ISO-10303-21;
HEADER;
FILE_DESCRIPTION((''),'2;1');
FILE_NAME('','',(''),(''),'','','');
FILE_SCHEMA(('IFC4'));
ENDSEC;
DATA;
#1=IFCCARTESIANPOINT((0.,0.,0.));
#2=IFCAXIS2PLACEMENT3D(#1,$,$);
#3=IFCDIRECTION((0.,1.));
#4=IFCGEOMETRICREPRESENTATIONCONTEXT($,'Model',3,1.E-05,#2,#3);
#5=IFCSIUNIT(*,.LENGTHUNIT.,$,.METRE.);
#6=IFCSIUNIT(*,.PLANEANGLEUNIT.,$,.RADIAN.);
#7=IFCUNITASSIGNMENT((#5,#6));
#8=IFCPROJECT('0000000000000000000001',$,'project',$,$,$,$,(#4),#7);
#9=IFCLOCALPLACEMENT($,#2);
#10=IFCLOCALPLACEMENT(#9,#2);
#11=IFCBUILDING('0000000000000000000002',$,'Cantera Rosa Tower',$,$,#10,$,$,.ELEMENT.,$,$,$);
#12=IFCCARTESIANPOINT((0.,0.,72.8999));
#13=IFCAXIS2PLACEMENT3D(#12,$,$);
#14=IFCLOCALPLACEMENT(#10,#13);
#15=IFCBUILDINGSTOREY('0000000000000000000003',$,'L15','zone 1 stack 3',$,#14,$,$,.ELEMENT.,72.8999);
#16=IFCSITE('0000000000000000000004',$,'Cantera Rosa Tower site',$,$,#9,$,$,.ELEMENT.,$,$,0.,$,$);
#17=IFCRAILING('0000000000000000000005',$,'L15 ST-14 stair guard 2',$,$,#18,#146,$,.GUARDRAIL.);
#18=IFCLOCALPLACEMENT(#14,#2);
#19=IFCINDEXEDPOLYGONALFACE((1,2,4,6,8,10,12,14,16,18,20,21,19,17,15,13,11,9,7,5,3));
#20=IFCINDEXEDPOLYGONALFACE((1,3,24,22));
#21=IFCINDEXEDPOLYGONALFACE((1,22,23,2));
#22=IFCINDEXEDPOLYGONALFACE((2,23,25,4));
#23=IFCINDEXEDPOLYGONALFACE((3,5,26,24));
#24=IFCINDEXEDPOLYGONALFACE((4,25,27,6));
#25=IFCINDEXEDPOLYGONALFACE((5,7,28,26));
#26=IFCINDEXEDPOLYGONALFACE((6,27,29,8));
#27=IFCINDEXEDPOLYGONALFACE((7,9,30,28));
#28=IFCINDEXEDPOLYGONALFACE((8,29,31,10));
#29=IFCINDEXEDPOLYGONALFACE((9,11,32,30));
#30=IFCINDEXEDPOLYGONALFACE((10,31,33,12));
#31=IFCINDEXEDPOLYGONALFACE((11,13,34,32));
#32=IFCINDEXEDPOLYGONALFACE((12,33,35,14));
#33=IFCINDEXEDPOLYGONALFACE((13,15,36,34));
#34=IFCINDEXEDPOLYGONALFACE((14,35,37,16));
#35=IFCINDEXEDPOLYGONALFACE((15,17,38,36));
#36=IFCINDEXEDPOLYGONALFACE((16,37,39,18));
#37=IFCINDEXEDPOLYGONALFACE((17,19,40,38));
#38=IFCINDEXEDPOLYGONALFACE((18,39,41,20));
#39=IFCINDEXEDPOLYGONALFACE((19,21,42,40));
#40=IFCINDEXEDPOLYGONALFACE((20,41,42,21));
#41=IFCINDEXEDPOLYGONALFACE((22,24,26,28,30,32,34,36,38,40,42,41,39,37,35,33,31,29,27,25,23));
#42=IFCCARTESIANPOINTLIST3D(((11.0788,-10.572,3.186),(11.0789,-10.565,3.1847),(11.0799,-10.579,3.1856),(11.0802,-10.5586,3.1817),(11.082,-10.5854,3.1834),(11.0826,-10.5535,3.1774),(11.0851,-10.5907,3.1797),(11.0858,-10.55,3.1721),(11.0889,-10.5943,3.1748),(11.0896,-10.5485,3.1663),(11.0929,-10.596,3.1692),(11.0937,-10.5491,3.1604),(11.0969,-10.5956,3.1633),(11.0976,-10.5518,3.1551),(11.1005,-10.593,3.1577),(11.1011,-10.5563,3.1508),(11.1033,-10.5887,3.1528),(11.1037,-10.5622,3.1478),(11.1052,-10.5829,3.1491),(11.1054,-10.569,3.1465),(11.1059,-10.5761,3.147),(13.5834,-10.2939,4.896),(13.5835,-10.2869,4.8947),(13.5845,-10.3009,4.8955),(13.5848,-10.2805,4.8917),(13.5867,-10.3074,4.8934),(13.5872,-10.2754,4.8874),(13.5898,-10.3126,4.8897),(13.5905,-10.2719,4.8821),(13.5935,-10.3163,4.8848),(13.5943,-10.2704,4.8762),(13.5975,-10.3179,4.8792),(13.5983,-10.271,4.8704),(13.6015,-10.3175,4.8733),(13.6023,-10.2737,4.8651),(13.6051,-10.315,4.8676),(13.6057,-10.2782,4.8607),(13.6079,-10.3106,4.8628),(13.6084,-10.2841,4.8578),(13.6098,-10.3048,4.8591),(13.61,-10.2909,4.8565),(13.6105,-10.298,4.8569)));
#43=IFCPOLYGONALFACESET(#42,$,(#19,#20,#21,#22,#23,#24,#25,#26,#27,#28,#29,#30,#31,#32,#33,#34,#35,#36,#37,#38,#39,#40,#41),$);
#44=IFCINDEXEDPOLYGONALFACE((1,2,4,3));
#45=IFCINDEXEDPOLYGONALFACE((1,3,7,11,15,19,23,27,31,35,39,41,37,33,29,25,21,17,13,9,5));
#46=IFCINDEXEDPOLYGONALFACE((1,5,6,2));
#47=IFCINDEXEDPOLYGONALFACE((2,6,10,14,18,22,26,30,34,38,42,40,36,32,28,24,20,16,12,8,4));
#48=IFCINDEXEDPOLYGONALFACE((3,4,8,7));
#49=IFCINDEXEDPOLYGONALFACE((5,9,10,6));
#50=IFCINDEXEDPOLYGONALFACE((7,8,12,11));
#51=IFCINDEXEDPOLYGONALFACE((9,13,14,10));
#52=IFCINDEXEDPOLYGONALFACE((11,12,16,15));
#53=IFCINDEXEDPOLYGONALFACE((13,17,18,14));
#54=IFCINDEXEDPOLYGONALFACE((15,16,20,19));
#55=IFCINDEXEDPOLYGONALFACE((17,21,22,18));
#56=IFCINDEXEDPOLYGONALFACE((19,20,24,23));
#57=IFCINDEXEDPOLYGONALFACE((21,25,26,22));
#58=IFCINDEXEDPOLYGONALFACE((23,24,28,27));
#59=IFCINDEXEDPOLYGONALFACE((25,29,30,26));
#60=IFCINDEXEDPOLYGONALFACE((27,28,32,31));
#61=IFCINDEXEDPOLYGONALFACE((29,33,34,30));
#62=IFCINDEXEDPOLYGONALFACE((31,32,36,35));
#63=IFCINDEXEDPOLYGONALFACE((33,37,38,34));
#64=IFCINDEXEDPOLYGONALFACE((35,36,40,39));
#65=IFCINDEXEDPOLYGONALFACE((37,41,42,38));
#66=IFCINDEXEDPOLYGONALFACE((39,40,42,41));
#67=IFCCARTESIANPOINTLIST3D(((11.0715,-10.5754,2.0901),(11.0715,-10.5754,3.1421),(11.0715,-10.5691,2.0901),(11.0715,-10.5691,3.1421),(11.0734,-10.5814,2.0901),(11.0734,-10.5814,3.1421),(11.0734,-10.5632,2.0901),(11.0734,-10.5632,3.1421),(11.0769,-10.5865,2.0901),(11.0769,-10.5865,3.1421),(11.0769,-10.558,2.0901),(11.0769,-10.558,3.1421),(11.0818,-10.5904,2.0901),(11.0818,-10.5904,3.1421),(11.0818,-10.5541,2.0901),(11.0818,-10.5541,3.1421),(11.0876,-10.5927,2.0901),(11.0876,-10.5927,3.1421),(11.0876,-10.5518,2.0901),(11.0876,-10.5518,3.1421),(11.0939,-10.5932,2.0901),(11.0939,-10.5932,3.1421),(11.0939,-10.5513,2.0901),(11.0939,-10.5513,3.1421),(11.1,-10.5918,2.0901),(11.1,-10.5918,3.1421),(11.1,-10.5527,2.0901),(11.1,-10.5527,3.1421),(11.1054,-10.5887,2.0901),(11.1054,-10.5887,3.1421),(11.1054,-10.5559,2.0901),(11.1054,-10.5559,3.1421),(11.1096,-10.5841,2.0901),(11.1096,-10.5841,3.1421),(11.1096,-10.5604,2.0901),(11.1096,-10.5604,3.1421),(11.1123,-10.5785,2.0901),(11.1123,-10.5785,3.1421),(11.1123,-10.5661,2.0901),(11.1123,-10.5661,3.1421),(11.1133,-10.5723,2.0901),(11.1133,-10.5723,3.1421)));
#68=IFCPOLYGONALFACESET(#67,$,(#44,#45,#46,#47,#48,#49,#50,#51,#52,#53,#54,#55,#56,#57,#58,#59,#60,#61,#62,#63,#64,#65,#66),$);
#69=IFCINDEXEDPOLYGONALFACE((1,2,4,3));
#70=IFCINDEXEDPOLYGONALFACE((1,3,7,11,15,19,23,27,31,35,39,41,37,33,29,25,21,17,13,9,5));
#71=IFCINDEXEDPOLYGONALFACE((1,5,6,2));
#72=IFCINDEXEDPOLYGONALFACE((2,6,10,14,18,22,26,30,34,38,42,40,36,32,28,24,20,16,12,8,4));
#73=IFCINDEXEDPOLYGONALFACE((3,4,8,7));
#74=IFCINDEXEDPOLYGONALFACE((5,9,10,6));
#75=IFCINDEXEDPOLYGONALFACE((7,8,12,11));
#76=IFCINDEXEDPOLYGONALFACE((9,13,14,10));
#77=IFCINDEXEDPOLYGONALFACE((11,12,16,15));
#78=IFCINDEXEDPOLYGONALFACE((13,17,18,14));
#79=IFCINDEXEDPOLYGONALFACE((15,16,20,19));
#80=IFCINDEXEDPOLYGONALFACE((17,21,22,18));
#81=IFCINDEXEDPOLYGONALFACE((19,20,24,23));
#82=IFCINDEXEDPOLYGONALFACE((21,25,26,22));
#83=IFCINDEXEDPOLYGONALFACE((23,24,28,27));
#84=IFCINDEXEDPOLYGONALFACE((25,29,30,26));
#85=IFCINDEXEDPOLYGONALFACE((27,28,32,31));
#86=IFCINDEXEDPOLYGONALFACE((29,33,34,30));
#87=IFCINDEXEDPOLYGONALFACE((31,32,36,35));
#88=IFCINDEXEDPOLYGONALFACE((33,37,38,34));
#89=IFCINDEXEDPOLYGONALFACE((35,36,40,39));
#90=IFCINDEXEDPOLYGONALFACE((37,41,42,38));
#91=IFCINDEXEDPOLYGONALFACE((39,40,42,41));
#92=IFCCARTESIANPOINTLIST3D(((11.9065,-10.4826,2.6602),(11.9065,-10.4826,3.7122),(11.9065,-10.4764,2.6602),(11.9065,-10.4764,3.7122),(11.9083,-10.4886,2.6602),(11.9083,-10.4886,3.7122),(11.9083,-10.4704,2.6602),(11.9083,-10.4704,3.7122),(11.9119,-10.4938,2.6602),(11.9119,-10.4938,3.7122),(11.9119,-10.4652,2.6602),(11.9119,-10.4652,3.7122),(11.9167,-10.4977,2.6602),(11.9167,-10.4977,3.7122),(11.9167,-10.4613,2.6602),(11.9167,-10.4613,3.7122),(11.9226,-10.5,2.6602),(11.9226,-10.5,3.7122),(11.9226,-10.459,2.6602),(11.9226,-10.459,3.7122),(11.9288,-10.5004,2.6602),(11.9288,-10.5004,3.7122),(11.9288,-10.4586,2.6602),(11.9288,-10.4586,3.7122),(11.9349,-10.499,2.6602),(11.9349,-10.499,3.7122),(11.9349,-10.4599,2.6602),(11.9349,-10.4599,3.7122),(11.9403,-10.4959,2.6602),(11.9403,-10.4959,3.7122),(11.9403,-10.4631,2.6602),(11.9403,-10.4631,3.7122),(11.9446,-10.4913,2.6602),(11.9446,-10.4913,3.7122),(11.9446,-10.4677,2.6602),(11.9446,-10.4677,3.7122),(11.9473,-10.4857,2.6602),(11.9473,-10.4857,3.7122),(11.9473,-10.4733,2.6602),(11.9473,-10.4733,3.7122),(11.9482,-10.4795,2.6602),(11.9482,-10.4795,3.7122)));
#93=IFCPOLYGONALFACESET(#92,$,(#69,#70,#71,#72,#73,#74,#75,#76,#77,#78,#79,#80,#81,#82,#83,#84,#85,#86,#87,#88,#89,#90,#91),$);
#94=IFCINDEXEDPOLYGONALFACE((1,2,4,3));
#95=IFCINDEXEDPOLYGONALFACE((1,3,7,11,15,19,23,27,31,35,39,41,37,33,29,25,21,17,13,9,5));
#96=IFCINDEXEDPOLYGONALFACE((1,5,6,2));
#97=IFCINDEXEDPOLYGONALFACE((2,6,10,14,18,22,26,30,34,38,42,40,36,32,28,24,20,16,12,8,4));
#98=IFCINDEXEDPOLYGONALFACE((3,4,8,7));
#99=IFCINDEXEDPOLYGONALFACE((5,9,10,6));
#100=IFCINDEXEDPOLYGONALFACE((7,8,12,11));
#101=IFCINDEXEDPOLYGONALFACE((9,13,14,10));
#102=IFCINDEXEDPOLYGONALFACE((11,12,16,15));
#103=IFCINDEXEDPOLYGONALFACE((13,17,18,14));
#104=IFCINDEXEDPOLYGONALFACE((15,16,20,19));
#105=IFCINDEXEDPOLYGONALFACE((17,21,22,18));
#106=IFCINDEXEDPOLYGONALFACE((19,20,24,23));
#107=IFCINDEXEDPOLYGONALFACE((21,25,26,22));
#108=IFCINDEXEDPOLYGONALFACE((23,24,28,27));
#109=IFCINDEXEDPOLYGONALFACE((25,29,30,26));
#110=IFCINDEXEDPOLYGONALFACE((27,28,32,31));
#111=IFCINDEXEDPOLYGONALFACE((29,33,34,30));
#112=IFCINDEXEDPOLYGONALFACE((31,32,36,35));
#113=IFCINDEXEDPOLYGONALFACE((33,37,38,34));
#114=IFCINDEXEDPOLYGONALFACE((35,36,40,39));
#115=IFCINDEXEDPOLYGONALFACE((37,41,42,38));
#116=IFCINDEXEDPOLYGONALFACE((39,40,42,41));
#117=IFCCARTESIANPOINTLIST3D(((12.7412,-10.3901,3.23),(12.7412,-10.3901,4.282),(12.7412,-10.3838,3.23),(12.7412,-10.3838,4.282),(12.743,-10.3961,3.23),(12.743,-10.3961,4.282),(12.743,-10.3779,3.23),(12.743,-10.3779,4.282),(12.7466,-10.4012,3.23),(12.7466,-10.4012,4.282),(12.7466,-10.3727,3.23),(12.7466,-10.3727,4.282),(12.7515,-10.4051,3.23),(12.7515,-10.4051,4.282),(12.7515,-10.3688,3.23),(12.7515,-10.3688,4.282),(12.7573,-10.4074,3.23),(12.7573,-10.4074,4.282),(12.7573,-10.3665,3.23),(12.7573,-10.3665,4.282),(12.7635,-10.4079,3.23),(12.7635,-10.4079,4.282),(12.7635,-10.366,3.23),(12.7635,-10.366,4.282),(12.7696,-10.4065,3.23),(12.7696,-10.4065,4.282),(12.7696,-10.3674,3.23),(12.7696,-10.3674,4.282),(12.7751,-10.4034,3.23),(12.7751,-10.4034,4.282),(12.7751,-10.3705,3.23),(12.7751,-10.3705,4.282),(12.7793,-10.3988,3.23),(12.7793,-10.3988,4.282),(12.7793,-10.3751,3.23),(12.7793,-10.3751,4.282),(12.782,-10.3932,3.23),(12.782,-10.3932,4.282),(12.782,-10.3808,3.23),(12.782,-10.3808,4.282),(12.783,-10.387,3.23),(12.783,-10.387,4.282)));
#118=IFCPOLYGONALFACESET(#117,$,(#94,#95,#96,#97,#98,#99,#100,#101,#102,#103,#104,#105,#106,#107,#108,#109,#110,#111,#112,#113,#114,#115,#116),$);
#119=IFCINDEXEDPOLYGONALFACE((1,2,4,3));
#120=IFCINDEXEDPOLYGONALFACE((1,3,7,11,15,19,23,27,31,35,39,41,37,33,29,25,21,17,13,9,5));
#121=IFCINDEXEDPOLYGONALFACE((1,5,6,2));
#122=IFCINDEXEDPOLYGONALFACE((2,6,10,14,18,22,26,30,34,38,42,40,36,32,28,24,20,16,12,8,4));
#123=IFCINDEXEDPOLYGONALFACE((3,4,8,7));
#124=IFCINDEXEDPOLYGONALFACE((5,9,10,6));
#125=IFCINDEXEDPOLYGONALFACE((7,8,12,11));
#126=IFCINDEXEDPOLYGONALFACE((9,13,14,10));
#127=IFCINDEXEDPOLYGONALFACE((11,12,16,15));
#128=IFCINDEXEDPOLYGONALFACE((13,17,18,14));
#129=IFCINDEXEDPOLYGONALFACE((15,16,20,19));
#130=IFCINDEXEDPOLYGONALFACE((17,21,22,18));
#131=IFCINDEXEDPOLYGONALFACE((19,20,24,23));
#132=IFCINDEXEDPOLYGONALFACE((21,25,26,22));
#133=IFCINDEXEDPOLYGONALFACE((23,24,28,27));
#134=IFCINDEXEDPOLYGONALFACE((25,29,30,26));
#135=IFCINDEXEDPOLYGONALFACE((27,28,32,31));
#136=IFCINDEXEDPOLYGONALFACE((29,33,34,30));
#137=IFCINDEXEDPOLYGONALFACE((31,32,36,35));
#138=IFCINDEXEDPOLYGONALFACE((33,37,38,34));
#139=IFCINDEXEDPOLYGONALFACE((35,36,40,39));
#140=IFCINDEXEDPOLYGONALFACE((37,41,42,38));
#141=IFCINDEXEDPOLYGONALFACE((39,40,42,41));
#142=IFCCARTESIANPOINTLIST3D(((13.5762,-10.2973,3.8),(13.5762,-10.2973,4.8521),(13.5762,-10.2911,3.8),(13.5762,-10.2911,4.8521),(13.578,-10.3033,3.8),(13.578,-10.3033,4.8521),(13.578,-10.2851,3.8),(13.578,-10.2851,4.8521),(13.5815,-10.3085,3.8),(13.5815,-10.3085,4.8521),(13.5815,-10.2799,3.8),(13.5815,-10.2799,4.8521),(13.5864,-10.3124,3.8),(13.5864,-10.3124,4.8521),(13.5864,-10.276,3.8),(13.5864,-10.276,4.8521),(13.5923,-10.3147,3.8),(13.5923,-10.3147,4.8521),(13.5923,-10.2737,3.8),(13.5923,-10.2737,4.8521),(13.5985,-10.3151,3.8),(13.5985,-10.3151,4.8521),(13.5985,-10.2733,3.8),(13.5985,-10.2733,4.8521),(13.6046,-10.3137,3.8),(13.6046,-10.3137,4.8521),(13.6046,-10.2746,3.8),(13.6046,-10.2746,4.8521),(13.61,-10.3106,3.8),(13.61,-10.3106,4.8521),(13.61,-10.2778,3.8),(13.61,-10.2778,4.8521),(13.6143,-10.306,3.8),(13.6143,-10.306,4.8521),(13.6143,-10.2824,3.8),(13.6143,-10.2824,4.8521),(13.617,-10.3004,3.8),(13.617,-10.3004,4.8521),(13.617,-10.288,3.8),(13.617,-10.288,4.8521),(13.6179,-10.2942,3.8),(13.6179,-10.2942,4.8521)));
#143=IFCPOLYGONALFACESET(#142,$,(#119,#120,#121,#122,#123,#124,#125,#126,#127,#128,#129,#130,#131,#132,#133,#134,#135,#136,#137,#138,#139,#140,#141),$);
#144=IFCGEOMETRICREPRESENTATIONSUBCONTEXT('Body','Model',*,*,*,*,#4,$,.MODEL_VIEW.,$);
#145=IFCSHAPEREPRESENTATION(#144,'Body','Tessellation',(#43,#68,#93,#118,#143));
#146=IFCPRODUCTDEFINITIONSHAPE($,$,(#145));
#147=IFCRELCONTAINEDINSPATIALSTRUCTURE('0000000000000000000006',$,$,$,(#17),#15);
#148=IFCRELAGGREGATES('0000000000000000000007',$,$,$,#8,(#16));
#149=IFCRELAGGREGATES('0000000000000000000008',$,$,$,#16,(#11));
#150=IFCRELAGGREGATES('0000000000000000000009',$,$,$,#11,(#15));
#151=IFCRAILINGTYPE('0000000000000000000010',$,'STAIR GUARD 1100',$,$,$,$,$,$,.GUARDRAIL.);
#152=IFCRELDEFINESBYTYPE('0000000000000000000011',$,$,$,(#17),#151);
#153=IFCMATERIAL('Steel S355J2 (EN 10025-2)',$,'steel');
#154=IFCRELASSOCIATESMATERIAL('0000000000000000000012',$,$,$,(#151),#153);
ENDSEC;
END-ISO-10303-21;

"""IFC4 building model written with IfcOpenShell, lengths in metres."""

from ifc_helpers import new_model, si_unit, direction, frame, origin, origin_2d, place, context, subcontext, project, spatial, circle, extrude, material, type_object, element, save


model = new_model("IFC4")

# Units and contexts
model_context = context("Model", 3, precision=1e-05, world=origin(), true_north=direction((0.0, 1.0)))
body_context = subcontext(model_context, "Body", "Model", "MODEL_VIEW")
ifc_project = project(units=[si_unit("LENGTHUNIT", "METRE"), si_unit("PLANEANGLEUNIT", "RADIAN")], contexts=[model_context])

# Site, building, storey
site_placement = place(None, origin())
site = spatial("IfcSite", under=ifc_project, at=site_placement, Name="Cantera Rosa Tower site", CompositionType="ELEMENT", RefElevation=0.0)
building_placement = place(site_placement, origin())
building = spatial("IfcBuilding", under=site, at=building_placement, Name="Cantera Rosa Tower", CompositionType="ELEMENT")
storey_placement = place(building_placement, frame((0.0, 0.0, 72.8999)))
storey = spatial("IfcBuildingStorey", under=building, at=storey_placement, Name="L15", Description="zone 1 stack 3", CompositionType="ELEMENT", Elevation=72.8999)

# Railing
ifc_material_1 = material(Name="Steel S355J2 (EN 10025-2)", Category="steel")
railing_type_1 = type_object("IfcRailingType", Name="STAIR GUARD 1100", PredefinedType="GUARDRAIL", material=ifc_material_1)
railing_1_placement = place(storey_placement, frame((11.0923, -10.5723, 2.0901)))
element("IfcRailing", 1, at=railing_1_placement, inside=storey, type_object=railing_type_1, Name="L15 ST-14 stair guard 2", PredefinedType="GUARDRAIL", context=body_context, shape_type="SweptSolid", body=[
    extrude(circle(Radius=0.0239, at=origin_2d()), frame((0.0, 0.0, 1.0762), z_axis=(0.822431, 0.09131, 0.561488), x_axis=(-0.110346, 0.993893, 0.0)), (0.0, 0.0, 1.0), 3.0454),
    extrude(circle(Radius=0.021, at=origin_2d()), origin(), (0.0, 0.0, 1.0), 1.052),
    extrude(circle(Radius=0.021, at=origin_2d()), frame((0.835, 0.0928, 0.5701)), (0.0, 0.0, 1.0), 1.052),
    extrude(circle(Radius=0.021, at=origin_2d()), frame((1.6697, 0.1853, 1.1399)), (0.0, 0.0, 1.0), 1.052),
    extrude(circle(Radius=0.021, at=origin_2d()), frame((2.5046, 0.2781, 1.71)), (0.0, 0.0, 1.0), 1.052),
])

save(model, "model.ifc")
